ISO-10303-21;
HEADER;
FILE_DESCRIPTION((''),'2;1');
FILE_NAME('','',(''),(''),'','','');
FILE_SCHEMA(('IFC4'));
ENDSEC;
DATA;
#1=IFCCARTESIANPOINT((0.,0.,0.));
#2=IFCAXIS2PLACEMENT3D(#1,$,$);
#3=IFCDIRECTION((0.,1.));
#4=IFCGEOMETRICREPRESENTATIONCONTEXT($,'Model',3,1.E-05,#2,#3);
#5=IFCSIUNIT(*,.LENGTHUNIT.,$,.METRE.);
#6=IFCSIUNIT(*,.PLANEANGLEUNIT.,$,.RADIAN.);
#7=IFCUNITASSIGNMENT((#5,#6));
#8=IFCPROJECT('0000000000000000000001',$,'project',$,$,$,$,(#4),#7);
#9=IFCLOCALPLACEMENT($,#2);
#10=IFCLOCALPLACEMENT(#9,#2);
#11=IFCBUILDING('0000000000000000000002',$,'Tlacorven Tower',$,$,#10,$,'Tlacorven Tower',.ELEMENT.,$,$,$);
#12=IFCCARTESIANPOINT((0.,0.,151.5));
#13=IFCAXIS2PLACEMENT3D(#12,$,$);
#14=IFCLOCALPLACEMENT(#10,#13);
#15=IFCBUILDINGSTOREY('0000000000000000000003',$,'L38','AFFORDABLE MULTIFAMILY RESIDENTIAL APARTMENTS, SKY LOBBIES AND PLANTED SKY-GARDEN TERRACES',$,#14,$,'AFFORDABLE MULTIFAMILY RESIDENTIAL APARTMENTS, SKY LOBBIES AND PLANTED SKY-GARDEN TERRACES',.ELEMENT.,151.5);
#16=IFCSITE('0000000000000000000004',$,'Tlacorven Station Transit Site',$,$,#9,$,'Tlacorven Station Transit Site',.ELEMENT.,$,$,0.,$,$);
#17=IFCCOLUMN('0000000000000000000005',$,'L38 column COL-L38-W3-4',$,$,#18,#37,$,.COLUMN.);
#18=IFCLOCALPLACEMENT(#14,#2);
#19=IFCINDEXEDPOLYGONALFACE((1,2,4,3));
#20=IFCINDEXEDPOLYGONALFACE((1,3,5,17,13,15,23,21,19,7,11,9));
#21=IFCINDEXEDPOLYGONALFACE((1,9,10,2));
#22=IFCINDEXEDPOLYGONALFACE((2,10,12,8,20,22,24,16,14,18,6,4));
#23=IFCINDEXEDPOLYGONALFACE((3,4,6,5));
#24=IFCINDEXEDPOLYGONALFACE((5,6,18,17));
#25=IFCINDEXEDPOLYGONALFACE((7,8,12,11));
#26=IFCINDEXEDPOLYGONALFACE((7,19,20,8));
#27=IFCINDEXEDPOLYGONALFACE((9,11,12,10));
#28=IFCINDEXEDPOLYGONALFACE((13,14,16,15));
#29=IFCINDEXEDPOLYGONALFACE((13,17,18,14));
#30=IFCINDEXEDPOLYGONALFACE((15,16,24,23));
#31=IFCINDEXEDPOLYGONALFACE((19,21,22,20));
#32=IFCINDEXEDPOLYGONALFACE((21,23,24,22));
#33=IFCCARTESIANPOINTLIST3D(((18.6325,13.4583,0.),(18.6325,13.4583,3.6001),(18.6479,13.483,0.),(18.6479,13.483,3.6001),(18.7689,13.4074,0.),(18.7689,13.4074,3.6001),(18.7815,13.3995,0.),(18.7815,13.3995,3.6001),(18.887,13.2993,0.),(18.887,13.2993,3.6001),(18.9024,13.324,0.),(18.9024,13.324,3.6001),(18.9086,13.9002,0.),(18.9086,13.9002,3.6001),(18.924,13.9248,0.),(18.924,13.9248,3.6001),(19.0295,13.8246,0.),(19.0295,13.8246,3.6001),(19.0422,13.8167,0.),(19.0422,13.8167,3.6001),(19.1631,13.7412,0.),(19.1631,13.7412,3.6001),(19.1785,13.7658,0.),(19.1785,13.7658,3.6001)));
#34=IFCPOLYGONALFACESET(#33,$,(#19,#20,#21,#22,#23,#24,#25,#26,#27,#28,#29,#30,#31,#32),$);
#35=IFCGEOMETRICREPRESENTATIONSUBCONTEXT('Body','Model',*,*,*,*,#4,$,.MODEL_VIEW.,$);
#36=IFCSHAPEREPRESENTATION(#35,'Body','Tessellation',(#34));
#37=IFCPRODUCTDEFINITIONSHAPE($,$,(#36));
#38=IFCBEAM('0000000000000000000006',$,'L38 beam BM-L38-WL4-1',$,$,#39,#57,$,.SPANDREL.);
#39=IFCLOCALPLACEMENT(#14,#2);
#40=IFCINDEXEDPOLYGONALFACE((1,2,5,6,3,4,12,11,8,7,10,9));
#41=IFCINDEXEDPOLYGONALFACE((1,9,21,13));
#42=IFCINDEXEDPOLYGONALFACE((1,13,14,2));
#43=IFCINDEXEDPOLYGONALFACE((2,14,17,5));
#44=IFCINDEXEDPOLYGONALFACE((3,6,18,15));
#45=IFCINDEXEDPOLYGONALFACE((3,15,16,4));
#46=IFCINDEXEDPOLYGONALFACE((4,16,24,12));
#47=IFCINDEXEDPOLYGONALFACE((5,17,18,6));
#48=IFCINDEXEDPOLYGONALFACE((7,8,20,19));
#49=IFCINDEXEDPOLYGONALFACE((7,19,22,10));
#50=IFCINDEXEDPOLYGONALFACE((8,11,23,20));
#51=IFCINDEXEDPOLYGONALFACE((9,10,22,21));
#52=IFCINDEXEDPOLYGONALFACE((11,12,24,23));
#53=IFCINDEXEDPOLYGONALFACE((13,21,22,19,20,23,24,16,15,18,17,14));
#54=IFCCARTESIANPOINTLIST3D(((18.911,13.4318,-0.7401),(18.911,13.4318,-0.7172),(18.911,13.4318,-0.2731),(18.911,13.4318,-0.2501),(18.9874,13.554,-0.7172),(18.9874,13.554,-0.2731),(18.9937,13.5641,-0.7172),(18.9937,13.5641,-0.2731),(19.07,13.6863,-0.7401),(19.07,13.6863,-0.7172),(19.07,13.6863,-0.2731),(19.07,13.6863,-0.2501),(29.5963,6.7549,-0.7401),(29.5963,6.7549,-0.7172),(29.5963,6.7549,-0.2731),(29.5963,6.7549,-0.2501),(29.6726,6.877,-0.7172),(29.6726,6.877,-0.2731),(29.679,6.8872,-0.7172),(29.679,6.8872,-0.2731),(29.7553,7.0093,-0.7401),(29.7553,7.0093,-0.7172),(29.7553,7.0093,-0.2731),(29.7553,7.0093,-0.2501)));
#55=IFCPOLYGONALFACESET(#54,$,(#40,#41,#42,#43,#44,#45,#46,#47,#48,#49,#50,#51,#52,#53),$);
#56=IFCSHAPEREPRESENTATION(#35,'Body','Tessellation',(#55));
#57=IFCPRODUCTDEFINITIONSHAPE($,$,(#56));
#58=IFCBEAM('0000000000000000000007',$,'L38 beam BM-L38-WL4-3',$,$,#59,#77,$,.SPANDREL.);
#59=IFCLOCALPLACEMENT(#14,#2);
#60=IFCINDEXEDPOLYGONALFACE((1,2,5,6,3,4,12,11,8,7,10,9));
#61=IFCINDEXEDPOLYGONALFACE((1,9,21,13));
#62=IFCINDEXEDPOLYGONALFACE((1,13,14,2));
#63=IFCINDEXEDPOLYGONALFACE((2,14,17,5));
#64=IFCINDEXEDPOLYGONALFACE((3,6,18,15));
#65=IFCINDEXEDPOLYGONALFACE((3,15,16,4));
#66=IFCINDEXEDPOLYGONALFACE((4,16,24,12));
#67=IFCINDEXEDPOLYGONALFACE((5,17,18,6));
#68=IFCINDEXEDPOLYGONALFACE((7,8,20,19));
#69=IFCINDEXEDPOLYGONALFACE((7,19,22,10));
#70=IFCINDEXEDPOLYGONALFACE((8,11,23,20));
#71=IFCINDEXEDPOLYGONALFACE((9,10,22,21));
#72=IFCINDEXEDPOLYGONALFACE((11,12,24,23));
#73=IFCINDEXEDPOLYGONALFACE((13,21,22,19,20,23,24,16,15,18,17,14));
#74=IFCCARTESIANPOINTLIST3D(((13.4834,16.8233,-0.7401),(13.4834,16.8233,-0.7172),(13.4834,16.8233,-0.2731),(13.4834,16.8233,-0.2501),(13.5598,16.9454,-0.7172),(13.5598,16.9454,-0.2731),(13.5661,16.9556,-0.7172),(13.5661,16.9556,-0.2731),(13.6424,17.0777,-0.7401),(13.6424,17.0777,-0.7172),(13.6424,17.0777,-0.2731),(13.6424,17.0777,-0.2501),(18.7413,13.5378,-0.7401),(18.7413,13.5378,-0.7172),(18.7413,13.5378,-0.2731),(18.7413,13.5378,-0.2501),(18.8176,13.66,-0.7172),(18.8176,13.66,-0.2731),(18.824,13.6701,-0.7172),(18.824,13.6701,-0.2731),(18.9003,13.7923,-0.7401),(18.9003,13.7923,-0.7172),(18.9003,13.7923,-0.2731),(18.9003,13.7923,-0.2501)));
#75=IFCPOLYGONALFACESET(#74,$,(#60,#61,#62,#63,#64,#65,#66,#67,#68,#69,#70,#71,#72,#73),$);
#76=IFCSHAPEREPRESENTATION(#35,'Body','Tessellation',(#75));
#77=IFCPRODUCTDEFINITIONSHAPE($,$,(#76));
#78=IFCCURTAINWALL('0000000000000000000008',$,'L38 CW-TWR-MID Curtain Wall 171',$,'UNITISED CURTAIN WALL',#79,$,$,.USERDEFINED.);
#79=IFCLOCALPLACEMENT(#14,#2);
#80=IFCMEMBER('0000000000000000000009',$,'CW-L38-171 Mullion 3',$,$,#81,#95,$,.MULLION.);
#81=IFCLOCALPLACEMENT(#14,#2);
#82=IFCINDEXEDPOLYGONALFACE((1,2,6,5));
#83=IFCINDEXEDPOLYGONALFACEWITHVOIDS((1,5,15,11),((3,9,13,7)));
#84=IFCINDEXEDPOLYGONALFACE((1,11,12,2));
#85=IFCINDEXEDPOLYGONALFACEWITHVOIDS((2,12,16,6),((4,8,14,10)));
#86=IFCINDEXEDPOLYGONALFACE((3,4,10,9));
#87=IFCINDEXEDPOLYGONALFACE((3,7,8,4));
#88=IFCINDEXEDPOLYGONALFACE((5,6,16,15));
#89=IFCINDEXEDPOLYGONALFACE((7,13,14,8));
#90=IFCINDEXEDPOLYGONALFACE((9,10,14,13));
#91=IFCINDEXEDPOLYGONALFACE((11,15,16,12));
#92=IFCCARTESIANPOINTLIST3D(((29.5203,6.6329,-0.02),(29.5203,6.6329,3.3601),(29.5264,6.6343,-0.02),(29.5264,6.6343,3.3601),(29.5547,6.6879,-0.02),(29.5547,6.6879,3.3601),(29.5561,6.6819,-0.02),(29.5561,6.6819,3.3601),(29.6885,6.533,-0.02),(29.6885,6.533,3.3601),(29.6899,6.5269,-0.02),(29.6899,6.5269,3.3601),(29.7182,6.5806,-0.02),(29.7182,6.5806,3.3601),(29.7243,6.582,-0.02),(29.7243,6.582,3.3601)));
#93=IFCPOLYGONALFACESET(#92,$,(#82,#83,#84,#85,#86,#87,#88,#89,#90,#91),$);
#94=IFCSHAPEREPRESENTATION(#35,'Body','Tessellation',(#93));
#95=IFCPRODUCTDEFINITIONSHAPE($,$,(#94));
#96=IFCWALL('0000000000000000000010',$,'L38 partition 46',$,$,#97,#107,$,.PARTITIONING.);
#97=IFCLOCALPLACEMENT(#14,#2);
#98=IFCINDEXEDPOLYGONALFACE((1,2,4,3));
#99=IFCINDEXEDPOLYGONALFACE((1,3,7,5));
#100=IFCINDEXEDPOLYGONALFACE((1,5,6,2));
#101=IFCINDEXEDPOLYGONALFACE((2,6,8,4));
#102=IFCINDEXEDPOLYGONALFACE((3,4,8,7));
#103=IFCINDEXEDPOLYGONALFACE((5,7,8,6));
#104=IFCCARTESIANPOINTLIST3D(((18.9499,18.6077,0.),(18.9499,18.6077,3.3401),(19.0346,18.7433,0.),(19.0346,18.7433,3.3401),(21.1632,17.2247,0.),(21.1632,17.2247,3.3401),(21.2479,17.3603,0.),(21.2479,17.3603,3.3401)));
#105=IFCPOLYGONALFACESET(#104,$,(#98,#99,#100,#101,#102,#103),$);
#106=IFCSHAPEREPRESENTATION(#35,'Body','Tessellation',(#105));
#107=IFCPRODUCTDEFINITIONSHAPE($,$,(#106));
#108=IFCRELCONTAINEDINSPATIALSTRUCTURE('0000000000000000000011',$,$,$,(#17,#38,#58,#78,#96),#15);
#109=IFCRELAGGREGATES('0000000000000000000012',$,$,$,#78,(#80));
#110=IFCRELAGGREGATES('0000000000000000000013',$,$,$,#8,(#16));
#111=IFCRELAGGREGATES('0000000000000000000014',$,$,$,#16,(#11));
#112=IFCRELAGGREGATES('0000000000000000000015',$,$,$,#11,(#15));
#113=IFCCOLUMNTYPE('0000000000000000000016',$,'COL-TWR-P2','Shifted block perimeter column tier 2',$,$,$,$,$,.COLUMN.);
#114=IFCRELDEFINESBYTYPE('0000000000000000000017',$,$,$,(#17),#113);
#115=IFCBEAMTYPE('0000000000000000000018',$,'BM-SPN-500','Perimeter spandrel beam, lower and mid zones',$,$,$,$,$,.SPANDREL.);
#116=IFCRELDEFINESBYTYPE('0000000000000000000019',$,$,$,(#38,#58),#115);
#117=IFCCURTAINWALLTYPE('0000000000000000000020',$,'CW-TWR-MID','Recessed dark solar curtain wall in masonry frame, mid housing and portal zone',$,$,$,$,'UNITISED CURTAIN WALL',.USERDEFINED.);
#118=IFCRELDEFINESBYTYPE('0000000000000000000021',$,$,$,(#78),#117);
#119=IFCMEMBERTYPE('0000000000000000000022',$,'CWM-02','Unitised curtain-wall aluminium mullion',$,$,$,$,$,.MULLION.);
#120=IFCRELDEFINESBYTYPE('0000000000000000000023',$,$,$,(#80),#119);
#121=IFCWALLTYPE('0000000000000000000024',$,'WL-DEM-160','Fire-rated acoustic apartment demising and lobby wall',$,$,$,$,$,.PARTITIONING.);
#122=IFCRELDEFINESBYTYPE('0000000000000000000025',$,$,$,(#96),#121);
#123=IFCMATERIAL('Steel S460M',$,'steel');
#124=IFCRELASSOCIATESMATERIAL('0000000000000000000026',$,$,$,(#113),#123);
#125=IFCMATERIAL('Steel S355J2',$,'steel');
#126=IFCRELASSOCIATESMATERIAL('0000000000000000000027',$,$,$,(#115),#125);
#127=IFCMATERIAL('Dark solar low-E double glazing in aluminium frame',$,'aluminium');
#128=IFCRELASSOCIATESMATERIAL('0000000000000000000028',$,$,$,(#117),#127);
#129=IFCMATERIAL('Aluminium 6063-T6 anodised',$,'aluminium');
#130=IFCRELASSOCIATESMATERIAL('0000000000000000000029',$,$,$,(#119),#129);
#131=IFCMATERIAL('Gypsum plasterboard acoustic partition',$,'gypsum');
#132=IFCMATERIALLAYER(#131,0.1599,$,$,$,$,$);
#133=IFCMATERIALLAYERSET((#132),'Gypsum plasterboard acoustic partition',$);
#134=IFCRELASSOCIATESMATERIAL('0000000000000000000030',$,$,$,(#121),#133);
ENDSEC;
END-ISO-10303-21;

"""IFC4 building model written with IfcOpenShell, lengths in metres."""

from ifc_helpers import new_model, si_unit, direction, frame, frame_2d, origin, origin_2d, place, context, subcontext, project, spatial, rectangle, hollow_rectangle, i_section, extrude, source, transform, mapped, material, layer, layer_set, material_profile, profile_set, type_object, element, aggregate, save


model = new_model("IFC4")

# Units and contexts
model_context = context("Model", 3, precision=1e-05, world=origin(), true_north=direction((0.0, 1.0)))
body_context = subcontext(model_context, "Body", "Model", "MODEL_VIEW")
ifc_project = project(units=[si_unit("LENGTHUNIT", "METRE"), si_unit("PLANEANGLEUNIT", "RADIAN")], contexts=[model_context])

# Site, building, storey
site_placement = place(None, origin())
site = spatial("IfcSite", under=ifc_project, at=site_placement, Name="Tlacorven Station Transit Site", LongName="Tlacorven Station Transit Site", CompositionType="ELEMENT", RefElevation=0.0)
building_placement = place(site_placement, origin())
building = spatial("IfcBuilding", under=site, at=building_placement, Name="Tlacorven Tower", LongName="Tlacorven Tower", CompositionType="ELEMENT")
storey_placement = place(building_placement, frame((0.0, 0.0, 151.5)))
storey = spatial("IfcBuildingStorey", under=building, at=storey_placement, Name="L38", Description="AFFORDABLE MULTIFAMILY RESIDENTIAL APARTMENTS, SKY LOBBIES AND PLANTED SKY-GARDEN TERRACES", LongName="AFFORDABLE MULTIFAMILY RESIDENTIAL APARTMENTS, SKY LOBBIES AND PLANTED SKY-GARDEN TERRACES", CompositionType="ELEMENT", Elevation=151.5)

# Column
ifc_material_1 = material(Name="Steel S460M", Category="steel")
ifc_material_profile_1 = material_profile(ifc_material_1, i_section(OverallWidth=0.3, OverallDepth=0.55, WebThickness=0.0149, FlangeThickness=0.0291, at=origin_2d()), Name="HEB 550")
ifc_profile_set_1 = profile_set([ifc_material_profile_1], Name="Steel S460M")
column_type = type_object("IfcColumnType", Name="COL-TWR-P2", Description="Shifted block perimeter column tier 2", PredefinedType="COLUMN", material=ifc_profile_set_1)
shared_shape_1 = source(origin(), body_context, "Body", "SweptSolid", [
    extrude(i_section(OverallWidth=0.3, OverallDepth=0.55, WebThickness=0.0149, FlangeThickness=0.0291, at=origin_2d()), origin(), (0.0, 0.0, 1.0), 3.6001),
])
column_placement = place(storey_placement, frame((18.9055, 13.6121, 0.0), z_axis=(0.0, 0.0, 1.0), x_axis=(-0.848048, 0.529919, 0.0)))
element("IfcColumn", 1, at=column_placement, inside=storey, type_object=column_type, Name="L38 column COL-L38-W3-4", PredefinedType="COLUMN", context=body_context, shape_type="MappedRepresentation", body=[
    mapped(shared_shape_1, transform((0.0, 0.0, 0.0), scale=1.0)),
])

# Beams
ifc_material_2 = material(Name="Steel S355J2", Category="steel")
ifc_material_profile_2 = material_profile(ifc_material_2, i_section(OverallWidth=0.3, OverallDepth=0.49, WebThickness=0.012, FlangeThickness=0.0229, at=origin_2d()), Name="HEA 500")
ifc_profile_set_2 = profile_set([ifc_material_profile_2], Name="Steel S355J2")
beam_type = type_object("IfcBeamType", Name="BM-SPN-500", Description="Perimeter spandrel beam, lower and mid zones", PredefinedType="SPANDREL", material=ifc_profile_set_2)
shared_shape_2 = source(origin(), body_context, "Body", "SweptSolid", [
    extrude(i_section(OverallWidth=0.3, OverallDepth=0.49, WebThickness=0.012, FlangeThickness=0.0229, at=origin_2d()), origin(), (0.0, 0.0, 1.0), 12.5999),
])
beam_1_placement = place(storey_placement, frame((29.6758, 6.8821, -0.4951), z_axis=(-0.848045, 0.529924, 0.0), x_axis=(-0.529924, -0.848045, 0.0)))
element("IfcBeam", 2, at=beam_1_placement, inside=storey, type_object=beam_type, Name="L38 beam BM-L38-WL4-1", PredefinedType="SPANDREL", context=body_context, shape_type="MappedRepresentation", body=[
    mapped(shared_shape_2, transform((0.0, 0.0, 0.0), scale=1.0)),
])
shared_shape_3 = source(origin(), body_context, "Body", "SweptSolid", [
    extrude(i_section(OverallWidth=0.3, OverallDepth=0.49, WebThickness=0.012, FlangeThickness=0.0229, at=origin_2d()), origin(), (0.0, 0.0, 1.0), 6.2),
])
beam_2_placement = place(storey_placement, frame((18.8208, 13.665, -0.4951), z_axis=(-0.848051, 0.529914, 0.0), x_axis=(-0.529914, -0.848051, 0.0)))
element("IfcBeam", 3, at=beam_2_placement, inside=storey, type_object=beam_type, Name="L38 beam BM-L38-WL4-3", PredefinedType="SPANDREL", context=body_context, shape_type="MappedRepresentation", body=[
    mapped(shared_shape_3, transform((0.0, 0.0, 0.0), scale=1.0)),
])

# Curtain wall, member
ifc_material_3 = material(Name="Dark solar low-E double glazing in aluminium frame", Category="aluminium")
curtain_wall_type = type_object("IfcCurtainWallType", Name="CW-TWR-MID", Description="Recessed dark solar curtain wall in masonry frame, mid housing and portal zone", ElementType="UNITISED CURTAIN WALL", PredefinedType="USERDEFINED", material=ifc_material_3)
curtain_wall_placement = place(storey_placement, origin())
curtain_wall = element("IfcCurtainWall", 4, at=curtain_wall_placement, inside=storey, type_object=curtain_wall_type, Name="L38 CW-TWR-MID Curtain Wall 171", ObjectType="UNITISED CURTAIN WALL", PredefinedType="USERDEFINED")
ifc_material_4 = material(Name="Aluminium 6063-T6 anodised", Category="aluminium")
ifc_material_profile_3 = material_profile(ifc_material_4, hollow_rectangle(XDim=0.0649, YDim=0.2, WallThickness=0.0044, at=origin_2d()), Name="ALU MULLION 65X200")
ifc_profile_set_3 = profile_set([ifc_material_profile_3], Name="Aluminium 6063-T6 anodised")
member_type = type_object("IfcMemberType", Name="CWM-02", Description="Unitised curtain-wall aluminium mullion", PredefinedType="MULLION", material=ifc_profile_set_3)
shared_shape_4 = source(origin(), body_context, "Body", "SweptSolid", [
    extrude(hollow_rectangle(XDim=0.0649, YDim=0.2, WallThickness=0.0044, at=origin_2d()), origin(), (0.0, 0.0, 1.0), 3.3801),
])
member_placement = place(storey_placement, frame((29.6223, 6.6074, -0.02), z_axis=(0.0, 0.0, 1.0), x_axis=(-0.529919, -0.848048, 0.0)))
member = element("IfcMember", 5, at=member_placement, type_object=member_type, Name="CW-L38-171 Mullion 3", PredefinedType="MULLION", context=body_context, shape_type="MappedRepresentation", body=[
    mapped(shared_shape_4, transform((0.0, 0.0, 0.0), scale=1.0)),
])
aggregate(curtain_wall, [member])

# Wall
ifc_material_5 = material(Name="Gypsum plasterboard acoustic partition", Category="gypsum")
ifc_layer_1 = layer(ifc_material_5, 0.1599)
ifc_layer_set_1 = layer_set([ifc_layer_1], Name="Gypsum plasterboard acoustic partition")
wall_type_1 = type_object("IfcWallType", Name="WL-DEM-160", Description="Fire-rated acoustic apartment demising and lobby wall", PredefinedType="PARTITIONING", material=ifc_layer_set_1)
wall_1_placement = place(storey_placement, frame((21.2056, 17.2925, 0.0), z_axis=(0.0, 0.0, 1.0), x_axis=(-0.848051, 0.529915, 0.0)))
element("IfcWall", 6, at=wall_1_placement, inside=storey, type_object=wall_type_1, Name="L38 partition 46", PredefinedType="PARTITIONING", context=body_context, shape_type="SweptSolid", body=[
    extrude(rectangle(XDim=2.6099, YDim=0.1599, at=frame_2d((1.3049, 0.0))), origin(), (0.0, 0.0, 1.0), 3.3401),
])

save(model, "model.ifc")
